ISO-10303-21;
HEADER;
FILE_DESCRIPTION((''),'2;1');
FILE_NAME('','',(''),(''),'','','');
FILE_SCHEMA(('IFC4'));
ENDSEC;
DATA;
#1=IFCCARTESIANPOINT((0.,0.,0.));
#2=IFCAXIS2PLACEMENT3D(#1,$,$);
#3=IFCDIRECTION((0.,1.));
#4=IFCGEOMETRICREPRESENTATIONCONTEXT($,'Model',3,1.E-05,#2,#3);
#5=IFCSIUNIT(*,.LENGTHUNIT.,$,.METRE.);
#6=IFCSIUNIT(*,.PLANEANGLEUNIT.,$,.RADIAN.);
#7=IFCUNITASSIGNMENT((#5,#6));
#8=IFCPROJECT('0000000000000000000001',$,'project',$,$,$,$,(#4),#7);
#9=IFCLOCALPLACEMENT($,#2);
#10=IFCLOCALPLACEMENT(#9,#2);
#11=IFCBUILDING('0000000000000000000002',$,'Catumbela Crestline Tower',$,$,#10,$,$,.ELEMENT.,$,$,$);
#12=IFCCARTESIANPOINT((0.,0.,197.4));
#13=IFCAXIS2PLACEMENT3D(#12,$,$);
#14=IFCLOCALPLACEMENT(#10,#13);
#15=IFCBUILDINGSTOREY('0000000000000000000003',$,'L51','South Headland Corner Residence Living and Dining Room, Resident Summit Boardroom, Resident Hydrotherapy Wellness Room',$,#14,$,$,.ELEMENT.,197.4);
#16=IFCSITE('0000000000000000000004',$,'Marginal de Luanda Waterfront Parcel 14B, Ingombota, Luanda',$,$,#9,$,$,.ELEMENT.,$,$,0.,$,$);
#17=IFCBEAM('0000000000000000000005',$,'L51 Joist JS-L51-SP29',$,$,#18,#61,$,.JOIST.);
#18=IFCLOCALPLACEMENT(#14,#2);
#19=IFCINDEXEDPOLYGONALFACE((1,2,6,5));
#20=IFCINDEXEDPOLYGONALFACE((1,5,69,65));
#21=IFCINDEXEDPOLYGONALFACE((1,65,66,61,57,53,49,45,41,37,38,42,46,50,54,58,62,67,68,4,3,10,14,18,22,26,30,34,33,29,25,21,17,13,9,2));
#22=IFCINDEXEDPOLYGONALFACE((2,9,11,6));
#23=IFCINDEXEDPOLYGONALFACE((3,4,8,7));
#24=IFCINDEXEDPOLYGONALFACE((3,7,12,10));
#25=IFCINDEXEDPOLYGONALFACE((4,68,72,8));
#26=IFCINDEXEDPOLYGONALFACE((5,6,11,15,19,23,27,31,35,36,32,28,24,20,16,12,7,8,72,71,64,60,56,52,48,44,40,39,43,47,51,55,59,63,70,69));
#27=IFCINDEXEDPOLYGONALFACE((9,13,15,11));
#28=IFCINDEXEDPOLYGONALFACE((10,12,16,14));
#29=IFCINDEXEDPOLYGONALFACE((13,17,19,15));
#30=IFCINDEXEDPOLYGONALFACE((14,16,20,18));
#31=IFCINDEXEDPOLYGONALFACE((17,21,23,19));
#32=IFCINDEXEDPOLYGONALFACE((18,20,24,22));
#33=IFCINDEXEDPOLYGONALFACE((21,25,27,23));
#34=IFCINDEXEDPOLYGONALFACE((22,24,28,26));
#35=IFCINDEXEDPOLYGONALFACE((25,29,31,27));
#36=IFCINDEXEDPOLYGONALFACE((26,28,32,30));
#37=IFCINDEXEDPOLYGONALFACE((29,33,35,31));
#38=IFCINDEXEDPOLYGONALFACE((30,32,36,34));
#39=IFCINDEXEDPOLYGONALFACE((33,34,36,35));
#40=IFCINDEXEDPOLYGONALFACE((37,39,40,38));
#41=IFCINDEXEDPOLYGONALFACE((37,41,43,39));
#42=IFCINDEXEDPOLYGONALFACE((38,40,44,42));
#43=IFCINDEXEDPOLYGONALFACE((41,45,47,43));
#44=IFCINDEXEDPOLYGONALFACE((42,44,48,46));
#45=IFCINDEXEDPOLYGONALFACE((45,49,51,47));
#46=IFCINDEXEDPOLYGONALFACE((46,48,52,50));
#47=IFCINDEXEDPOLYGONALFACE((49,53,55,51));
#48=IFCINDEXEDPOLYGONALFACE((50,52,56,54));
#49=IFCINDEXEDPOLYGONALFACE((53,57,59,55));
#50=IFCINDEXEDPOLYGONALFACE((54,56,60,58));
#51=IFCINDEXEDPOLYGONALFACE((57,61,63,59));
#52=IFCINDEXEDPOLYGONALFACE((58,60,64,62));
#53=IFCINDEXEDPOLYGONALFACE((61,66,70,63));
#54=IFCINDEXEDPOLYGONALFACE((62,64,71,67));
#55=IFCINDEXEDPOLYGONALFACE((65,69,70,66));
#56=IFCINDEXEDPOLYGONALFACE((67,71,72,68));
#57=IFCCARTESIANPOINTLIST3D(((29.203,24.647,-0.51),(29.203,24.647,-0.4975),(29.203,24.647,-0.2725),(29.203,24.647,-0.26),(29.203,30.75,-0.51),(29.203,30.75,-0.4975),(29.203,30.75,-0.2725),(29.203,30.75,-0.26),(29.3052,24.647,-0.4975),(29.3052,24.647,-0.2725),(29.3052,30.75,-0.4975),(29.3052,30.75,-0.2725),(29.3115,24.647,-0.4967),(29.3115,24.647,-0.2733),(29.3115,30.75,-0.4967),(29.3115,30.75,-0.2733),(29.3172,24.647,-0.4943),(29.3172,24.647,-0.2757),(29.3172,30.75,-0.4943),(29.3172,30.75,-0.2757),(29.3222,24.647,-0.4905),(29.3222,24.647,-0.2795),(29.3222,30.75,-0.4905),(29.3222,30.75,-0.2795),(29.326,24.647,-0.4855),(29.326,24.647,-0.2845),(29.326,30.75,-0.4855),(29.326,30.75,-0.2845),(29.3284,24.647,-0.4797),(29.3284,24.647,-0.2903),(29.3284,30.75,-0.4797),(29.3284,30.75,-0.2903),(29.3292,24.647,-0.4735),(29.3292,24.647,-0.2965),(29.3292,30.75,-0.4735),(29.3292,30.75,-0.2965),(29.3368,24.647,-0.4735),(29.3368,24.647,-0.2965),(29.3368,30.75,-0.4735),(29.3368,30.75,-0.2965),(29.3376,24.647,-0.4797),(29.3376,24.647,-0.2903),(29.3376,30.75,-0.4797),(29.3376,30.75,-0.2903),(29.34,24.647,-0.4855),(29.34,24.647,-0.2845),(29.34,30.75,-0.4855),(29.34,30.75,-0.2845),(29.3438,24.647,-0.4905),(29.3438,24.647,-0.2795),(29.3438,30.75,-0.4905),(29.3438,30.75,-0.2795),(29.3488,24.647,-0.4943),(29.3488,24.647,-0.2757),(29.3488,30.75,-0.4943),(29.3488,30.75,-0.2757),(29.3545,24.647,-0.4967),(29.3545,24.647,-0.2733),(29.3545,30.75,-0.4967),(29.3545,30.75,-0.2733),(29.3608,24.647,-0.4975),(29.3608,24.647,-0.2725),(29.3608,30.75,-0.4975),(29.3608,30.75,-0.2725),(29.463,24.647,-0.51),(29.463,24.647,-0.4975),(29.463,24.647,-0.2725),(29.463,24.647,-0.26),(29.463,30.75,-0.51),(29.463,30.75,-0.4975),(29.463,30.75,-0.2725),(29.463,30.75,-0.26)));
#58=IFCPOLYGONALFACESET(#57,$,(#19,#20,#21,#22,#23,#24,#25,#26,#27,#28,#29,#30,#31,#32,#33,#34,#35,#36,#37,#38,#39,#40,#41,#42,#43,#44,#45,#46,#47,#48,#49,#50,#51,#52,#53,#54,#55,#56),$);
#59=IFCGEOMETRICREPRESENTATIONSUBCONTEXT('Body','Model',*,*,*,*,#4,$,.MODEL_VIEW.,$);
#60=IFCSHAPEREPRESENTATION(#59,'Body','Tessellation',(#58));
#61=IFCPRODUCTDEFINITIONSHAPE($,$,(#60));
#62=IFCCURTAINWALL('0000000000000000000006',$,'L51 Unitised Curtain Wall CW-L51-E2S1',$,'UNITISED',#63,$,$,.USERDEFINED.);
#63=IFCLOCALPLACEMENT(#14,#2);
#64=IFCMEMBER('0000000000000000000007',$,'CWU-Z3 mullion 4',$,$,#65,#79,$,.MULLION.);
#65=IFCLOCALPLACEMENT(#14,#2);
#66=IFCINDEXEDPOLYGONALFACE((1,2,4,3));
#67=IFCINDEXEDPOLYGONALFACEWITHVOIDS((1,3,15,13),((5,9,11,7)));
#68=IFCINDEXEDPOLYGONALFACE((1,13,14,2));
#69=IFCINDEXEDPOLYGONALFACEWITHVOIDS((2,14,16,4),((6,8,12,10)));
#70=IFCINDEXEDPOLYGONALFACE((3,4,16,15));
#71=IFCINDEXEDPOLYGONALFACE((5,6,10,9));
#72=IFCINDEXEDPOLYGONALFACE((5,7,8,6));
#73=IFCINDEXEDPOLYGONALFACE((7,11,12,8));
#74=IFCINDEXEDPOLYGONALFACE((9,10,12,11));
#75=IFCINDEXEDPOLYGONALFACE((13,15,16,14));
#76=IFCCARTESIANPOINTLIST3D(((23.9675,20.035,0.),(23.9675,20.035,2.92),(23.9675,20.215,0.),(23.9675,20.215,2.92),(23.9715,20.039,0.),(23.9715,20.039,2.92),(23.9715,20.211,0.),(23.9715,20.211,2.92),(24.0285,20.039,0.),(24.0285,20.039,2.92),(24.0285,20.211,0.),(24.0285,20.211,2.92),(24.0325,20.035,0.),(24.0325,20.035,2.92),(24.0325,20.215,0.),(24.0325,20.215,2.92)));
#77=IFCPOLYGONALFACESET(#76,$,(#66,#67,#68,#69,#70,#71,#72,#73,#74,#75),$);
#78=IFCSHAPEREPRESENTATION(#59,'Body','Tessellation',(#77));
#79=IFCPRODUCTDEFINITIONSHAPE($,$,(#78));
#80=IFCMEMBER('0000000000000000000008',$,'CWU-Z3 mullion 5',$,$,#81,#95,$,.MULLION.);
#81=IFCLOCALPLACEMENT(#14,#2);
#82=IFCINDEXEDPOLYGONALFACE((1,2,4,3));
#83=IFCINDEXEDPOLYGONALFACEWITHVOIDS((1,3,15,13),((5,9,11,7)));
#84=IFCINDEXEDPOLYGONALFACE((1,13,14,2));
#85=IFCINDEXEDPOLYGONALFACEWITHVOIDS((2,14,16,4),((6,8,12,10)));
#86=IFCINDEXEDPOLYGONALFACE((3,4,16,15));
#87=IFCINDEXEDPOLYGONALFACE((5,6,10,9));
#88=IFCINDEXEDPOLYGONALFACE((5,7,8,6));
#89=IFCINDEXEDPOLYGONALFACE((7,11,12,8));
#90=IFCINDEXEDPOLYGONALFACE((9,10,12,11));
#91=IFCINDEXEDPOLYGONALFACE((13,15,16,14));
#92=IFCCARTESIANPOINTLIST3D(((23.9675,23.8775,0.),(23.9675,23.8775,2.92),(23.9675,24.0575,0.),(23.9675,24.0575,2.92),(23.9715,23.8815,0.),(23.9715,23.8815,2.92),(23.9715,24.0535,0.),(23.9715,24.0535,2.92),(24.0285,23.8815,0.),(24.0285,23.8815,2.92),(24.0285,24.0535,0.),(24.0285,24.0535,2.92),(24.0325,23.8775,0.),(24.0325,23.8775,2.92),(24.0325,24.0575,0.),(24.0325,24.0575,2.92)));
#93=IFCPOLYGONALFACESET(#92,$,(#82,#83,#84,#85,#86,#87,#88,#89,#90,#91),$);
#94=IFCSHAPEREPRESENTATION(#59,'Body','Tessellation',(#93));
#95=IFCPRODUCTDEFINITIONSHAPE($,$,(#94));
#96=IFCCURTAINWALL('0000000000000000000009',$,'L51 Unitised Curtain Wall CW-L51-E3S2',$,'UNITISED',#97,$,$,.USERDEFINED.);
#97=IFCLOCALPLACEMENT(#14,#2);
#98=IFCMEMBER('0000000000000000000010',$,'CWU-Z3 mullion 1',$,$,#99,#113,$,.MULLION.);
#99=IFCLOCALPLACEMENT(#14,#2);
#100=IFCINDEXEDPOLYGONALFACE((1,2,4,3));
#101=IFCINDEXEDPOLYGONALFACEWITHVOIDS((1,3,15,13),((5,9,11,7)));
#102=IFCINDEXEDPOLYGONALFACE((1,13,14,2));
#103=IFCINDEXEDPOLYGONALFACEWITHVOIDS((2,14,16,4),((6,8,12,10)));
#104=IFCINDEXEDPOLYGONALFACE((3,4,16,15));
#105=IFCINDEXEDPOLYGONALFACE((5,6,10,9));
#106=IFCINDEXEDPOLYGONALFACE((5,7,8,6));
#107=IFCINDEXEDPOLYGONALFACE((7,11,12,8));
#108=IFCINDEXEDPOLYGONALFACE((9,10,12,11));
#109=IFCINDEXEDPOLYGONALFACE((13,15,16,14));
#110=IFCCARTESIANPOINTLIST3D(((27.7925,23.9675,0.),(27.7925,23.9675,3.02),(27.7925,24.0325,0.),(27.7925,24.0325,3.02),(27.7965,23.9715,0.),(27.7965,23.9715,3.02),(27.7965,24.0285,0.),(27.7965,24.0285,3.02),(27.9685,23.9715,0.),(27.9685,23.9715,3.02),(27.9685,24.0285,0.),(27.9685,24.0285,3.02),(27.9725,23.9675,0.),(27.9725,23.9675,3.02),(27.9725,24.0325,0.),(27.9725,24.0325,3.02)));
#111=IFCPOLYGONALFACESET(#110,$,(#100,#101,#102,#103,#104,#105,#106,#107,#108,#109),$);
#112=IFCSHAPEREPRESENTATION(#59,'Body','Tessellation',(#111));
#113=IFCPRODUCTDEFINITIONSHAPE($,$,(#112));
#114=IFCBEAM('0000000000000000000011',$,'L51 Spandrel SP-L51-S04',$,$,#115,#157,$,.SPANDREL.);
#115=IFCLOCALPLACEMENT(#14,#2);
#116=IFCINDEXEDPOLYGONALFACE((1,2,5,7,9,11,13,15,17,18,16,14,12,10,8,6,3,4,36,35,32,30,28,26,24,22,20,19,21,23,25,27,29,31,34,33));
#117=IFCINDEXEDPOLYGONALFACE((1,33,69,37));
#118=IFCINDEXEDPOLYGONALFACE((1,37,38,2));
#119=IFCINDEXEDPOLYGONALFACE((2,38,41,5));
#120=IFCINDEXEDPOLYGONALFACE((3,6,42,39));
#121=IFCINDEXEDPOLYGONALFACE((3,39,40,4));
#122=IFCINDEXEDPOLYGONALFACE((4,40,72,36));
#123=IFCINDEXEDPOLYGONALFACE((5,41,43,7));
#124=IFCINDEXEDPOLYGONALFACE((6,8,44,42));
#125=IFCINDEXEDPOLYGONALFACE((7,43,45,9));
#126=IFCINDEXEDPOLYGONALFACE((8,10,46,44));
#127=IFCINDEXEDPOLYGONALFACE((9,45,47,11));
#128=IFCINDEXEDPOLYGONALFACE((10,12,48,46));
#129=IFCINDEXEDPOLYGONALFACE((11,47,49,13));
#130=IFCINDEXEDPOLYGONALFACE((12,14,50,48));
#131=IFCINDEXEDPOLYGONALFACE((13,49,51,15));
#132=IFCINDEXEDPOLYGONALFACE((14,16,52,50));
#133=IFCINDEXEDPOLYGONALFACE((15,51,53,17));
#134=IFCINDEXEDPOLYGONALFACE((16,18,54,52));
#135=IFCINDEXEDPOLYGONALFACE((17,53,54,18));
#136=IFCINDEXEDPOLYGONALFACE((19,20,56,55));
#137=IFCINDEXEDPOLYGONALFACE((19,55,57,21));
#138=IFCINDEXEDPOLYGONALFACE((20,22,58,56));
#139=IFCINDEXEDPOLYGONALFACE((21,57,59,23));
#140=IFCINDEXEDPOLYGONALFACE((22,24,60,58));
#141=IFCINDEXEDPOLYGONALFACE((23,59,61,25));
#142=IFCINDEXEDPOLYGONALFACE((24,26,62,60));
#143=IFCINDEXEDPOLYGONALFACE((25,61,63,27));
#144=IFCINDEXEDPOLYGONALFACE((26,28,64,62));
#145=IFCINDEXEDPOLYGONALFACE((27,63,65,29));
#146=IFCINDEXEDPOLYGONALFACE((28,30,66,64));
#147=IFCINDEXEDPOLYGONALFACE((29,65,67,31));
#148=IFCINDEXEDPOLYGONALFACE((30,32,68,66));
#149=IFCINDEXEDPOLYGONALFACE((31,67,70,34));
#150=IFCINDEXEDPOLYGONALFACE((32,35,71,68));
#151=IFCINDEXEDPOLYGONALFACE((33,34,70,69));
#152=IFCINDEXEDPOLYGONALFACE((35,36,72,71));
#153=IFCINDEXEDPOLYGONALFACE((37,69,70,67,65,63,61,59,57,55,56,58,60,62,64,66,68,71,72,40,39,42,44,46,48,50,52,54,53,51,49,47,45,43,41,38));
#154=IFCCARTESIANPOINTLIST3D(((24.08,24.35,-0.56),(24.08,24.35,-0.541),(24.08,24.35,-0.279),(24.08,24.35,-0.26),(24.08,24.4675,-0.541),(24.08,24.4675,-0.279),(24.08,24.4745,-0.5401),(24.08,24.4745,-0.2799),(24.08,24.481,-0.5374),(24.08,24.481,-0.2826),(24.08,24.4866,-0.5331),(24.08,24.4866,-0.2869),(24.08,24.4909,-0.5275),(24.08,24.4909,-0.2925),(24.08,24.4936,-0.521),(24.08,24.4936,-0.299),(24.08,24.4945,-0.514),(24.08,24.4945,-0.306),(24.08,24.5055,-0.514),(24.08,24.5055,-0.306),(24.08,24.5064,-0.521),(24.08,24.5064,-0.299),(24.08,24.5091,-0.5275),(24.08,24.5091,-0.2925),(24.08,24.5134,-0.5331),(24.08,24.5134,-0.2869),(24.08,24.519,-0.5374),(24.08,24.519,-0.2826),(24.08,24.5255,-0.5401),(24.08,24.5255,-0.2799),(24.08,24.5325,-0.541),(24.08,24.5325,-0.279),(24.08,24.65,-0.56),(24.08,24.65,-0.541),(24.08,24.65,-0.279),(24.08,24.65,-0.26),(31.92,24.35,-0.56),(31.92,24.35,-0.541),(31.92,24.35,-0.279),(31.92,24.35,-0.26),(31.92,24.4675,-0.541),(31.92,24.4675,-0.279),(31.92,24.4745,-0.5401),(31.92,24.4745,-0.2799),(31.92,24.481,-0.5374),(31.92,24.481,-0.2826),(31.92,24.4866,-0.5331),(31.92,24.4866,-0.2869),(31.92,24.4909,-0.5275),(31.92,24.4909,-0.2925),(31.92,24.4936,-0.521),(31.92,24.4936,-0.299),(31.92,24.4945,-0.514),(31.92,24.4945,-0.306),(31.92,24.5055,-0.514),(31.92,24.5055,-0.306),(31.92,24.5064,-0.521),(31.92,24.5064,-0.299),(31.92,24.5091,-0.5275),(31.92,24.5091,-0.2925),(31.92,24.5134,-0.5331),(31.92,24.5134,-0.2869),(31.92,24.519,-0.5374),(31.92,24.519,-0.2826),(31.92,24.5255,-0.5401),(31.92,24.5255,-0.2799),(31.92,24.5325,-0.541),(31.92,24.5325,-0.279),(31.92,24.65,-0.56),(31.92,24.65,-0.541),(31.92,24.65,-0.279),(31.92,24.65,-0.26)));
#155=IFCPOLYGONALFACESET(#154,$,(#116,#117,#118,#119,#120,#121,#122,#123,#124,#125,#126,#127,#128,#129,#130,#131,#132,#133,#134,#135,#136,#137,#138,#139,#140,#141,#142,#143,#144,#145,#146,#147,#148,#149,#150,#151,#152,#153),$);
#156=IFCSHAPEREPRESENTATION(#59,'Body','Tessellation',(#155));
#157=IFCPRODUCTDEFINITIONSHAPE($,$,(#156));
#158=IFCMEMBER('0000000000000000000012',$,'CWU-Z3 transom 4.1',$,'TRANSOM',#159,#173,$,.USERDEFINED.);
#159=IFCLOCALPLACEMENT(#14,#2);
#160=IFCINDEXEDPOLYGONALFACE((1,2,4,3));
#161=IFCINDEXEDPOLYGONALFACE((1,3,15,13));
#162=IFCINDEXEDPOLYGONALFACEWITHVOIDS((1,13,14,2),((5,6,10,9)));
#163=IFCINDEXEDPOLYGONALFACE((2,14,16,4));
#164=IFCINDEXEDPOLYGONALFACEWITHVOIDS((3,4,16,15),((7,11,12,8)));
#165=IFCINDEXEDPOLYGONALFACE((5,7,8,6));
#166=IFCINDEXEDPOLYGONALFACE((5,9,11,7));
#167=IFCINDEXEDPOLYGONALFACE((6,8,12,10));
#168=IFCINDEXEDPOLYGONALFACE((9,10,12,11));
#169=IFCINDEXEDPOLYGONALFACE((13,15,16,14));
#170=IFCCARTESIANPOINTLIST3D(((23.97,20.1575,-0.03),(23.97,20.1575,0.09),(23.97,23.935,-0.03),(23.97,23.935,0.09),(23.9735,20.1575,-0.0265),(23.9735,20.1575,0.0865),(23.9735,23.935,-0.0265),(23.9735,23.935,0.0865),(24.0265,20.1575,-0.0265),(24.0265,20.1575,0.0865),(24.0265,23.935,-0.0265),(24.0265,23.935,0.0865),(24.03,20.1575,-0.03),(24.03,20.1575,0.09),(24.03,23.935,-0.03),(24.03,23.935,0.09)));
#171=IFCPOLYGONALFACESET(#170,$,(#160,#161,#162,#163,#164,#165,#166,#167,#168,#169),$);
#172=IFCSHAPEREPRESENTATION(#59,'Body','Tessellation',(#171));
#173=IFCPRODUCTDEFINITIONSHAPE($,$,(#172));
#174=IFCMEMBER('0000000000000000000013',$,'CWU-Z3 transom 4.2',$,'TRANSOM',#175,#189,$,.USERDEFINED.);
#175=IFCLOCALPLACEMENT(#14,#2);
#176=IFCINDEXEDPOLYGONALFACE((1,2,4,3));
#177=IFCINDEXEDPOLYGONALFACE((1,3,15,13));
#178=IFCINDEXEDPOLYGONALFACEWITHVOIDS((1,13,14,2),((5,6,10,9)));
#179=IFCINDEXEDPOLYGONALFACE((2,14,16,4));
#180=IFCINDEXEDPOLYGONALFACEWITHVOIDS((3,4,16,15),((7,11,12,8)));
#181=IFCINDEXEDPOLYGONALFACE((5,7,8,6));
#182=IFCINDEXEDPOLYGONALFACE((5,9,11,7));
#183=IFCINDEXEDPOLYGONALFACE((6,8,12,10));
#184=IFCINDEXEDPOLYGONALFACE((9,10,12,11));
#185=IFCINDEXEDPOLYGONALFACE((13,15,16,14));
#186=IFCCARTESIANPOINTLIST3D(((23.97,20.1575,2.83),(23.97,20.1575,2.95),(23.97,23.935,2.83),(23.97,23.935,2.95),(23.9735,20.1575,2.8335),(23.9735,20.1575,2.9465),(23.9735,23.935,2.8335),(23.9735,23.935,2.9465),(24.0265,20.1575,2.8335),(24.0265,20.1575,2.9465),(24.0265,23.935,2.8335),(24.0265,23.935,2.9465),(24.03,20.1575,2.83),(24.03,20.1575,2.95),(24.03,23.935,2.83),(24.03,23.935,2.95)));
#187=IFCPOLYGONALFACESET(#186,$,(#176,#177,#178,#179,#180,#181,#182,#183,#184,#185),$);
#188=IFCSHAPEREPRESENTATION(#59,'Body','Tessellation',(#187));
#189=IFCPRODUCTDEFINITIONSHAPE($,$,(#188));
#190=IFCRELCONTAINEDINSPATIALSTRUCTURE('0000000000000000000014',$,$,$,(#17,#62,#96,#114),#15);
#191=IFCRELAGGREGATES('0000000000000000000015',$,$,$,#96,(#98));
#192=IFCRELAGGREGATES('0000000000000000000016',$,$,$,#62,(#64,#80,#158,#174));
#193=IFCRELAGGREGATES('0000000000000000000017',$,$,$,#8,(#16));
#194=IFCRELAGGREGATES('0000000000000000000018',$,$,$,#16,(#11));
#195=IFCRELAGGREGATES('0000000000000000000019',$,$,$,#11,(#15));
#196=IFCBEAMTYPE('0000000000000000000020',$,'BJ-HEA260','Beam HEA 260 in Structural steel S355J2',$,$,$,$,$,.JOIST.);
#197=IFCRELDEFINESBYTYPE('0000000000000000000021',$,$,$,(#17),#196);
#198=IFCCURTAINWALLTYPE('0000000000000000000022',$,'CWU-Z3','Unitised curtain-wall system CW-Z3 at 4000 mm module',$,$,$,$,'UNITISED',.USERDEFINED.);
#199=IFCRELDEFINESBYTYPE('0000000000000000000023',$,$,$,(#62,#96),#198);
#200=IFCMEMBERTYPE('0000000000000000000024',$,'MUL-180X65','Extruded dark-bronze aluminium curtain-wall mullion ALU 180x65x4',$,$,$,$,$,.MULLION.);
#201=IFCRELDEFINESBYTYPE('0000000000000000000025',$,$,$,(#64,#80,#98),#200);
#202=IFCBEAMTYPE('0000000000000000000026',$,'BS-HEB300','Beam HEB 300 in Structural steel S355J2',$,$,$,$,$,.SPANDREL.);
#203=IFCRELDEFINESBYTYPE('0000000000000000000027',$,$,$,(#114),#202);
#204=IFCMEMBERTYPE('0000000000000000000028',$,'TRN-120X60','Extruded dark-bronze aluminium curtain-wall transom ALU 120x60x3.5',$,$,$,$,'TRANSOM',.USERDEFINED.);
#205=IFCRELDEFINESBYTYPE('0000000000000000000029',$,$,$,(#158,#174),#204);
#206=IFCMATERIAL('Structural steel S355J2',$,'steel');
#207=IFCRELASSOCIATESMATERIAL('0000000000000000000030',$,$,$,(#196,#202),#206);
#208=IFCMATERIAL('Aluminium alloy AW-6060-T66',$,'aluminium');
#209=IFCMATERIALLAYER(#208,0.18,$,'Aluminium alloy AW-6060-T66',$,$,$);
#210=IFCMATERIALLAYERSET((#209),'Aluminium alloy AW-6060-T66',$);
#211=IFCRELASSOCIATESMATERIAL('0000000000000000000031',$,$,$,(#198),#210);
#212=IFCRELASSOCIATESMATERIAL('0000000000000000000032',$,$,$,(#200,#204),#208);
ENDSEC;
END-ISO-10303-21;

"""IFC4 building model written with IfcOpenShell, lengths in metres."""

from ifc_helpers import new_model, si_unit, direction, frame, origin, origin_2d, place, context, subcontext, project, spatial, hollow_rectangle, i_section, extrude, material, layer, layer_set, material_profile, profile_set, type_object, element, aggregate, save


model = new_model("IFC4")

# Units and contexts
model_context = context("Model", 3, precision=1e-05, world=origin(), true_north=direction((0.0, 1.0)))
body_context = subcontext(model_context, "Body", "Model", "MODEL_VIEW")
ifc_project = project(units=[si_unit("LENGTHUNIT", "METRE"), si_unit("PLANEANGLEUNIT", "RADIAN")], contexts=[model_context])

# Site, building, storey
site_placement = place(None, origin())
site = spatial("IfcSite", under=ifc_project, at=site_placement, Name="Marginal de Luanda Waterfront Parcel 14B, Ingombota, Luanda", CompositionType="ELEMENT", RefElevation=0.0)
building_placement = place(site_placement, origin())
building = spatial("IfcBuilding", under=site, at=building_placement, Name="Catumbela Crestline Tower", CompositionType="ELEMENT")
storey_placement = place(building_placement, frame((0.0, 0.0, 197.4)))
storey = spatial("IfcBuildingStorey", under=building, at=storey_placement, Name="L51", Description="South Headland Corner Residence Living and Dining Room, Resident Summit Boardroom, Resident Hydrotherapy Wellness Room", CompositionType="ELEMENT", Elevation=197.4)

# Beam
ifc_material_1 = material(Name="Structural steel S355J2", Category="steel")
ifc_material_profile_1 = material_profile(ifc_material_1, i_section(OverallWidth=0.26, OverallDepth=0.25, WebThickness=0.0075, FlangeThickness=0.0125, FilletRadius=0.024, at=origin_2d()), Name="HEA 260")
ifc_profile_set_1 = profile_set([ifc_material_profile_1], Name="Structural steel S355J2")
beam_type_1 = type_object("IfcBeamType", Name="BJ-HEA260", Description="Beam HEA 260 in Structural steel S355J2", PredefinedType="JOIST", material=ifc_profile_set_1)
for number, where, z_axis, x_axis, name in (
    (1, (29.333, 24.647, -0.385), (0.0, 1.0, 0.0), (-1.0, 0.0, 0.0), "L51 Joist JS-L51-SP29"),
):
    element("IfcBeam", number, at=place(storey_placement, frame(where, z_axis=z_axis, x_axis=x_axis)), inside=storey, type_object=beam_type_1, Name=name, PredefinedType="JOIST", context=body_context, shape_type="SweptSolid", body=[
        extrude(i_section(OverallWidth=0.26, OverallDepth=0.25, WebThickness=0.0075, FlangeThickness=0.0125, FilletRadius=0.024, at=origin_2d()), origin(), (0.0, 0.0, 1.0), 6.103),
    ])

# Curtain wall, members
ifc_material_2 = material(Name="Aluminium alloy AW-6060-T66", Category="aluminium")
ifc_layer_1 = layer(ifc_material_2, 0.18, Name="Aluminium alloy AW-6060-T66")
ifc_layer_set_1 = layer_set([ifc_layer_1], Name="Aluminium alloy AW-6060-T66")
curtain_wall_type = type_object("IfcCurtainWallType", Name="CWU-Z3", Description="Unitised curtain-wall system CW-Z3 at 4000 mm module", ElementType="UNITISED", PredefinedType="USERDEFINED", material=ifc_layer_set_1)
curtain_wall_1_placement = place(storey_placement, origin())
curtain_wall_1 = element("IfcCurtainWall", 2, at=curtain_wall_1_placement, inside=storey, type_object=curtain_wall_type, Name="L51 Unitised Curtain Wall CW-L51-E2S1", ObjectType="UNITISED", PredefinedType="USERDEFINED")
ifc_material_profile_2 = material_profile(ifc_material_2, hollow_rectangle(XDim=0.065, YDim=0.18, WallThickness=0.004, at=origin_2d()), Name="ALU 180x65x4")
ifc_profile_set_2 = profile_set([ifc_material_profile_2], Name="Aluminium alloy AW-6060-T66")
member_type_1 = type_object("IfcMemberType", Name="MUL-180X65", Description="Extruded dark-bronze aluminium curtain-wall mullion ALU 180x65x4", PredefinedType="MULLION", material=ifc_profile_set_2)
member_1_placement = place(storey_placement, frame((24.0, 20.125, 0.0), z_axis=(0.0, 0.0, 1.0), x_axis=(-1.0, 0.0, 0.0)))
member_1 = element("IfcMember", 3, at=member_1_placement, type_object=member_type_1, Name="CWU-Z3 mullion 4", PredefinedType="MULLION", context=body_context, shape_type="SweptSolid", body=[
    extrude(hollow_rectangle(XDim=0.065, YDim=0.18, WallThickness=0.004, at=origin_2d()), origin(), (0.0, 0.0, 1.0), 2.92),
])
member_2_placement = place(storey_placement, frame((24.0, 23.9675, 0.0), z_axis=(0.0, 0.0, 1.0), x_axis=(-1.0, 0.0, 0.0)))
member_2 = element("IfcMember", 4, at=member_2_placement, type_object=member_type_1, Name="CWU-Z3 mullion 5", PredefinedType="MULLION", context=body_context, shape_type="SweptSolid", body=[
    extrude(hollow_rectangle(XDim=0.065, YDim=0.18, WallThickness=0.004, at=origin_2d()), origin(), (0.0, 0.0, 1.0), 2.92),
])

# Curtain wall, member
curtain_wall_2_placement = place(storey_placement, origin())
curtain_wall_2 = element("IfcCurtainWall", 5, at=curtain_wall_2_placement, inside=storey, type_object=curtain_wall_type, Name="L51 Unitised Curtain Wall CW-L51-E3S2", ObjectType="UNITISED", PredefinedType="USERDEFINED")
member_3_placement = place(storey_placement, frame((27.8825, 24.0, 0.0), z_axis=(0.0, 0.0, 1.0), x_axis=(0.0, 1.0, 0.0)))
member_3 = element("IfcMember", 6, at=member_3_placement, type_object=member_type_1, Name="CWU-Z3 mullion 1", PredefinedType="MULLION", context=body_context, shape_type="SweptSolid", body=[
    extrude(hollow_rectangle(XDim=0.065, YDim=0.18, WallThickness=0.004, at=origin_2d()), origin(), (0.0, 0.0, 1.0), 3.02),
])

# Beam
ifc_material_profile_3 = material_profile(ifc_material_1, i_section(OverallWidth=0.3, OverallDepth=0.3, WebThickness=0.011, FlangeThickness=0.019, FilletRadius=0.027, at=origin_2d()), Name="HEB 300")
ifc_profile_set_3 = profile_set([ifc_material_profile_3], Name="Structural steel S355J2")
beam_type_2 = type_object("IfcBeamType", Name="BS-HEB300", Description="Beam HEB 300 in Structural steel S355J2", PredefinedType="SPANDREL", material=ifc_profile_set_3)
beam_1_placement = place(storey_placement, frame((24.08, 24.5, -0.41), z_axis=(1.0, 0.0, 0.0), x_axis=(0.0, 1.0, 0.0)))
element("IfcBeam", 7, at=beam_1_placement, inside=storey, type_object=beam_type_2, Name="L51 Spandrel SP-L51-S04", PredefinedType="SPANDREL", context=body_context, shape_type="SweptSolid", body=[
    extrude(i_section(OverallWidth=0.3, OverallDepth=0.3, WebThickness=0.011, FlangeThickness=0.019, FilletRadius=0.027, at=origin_2d()), origin(), (0.0, 0.0, 1.0), 7.84),
])

# Members
ifc_material_profile_4 = material_profile(ifc_material_2, hollow_rectangle(XDim=0.06, YDim=0.12, WallThickness=0.0035, at=origin_2d()), Name="ALU 120x60x3.5")
ifc_profile_set_4 = profile_set([ifc_material_profile_4], Name="Aluminium alloy AW-6060-T66")
member_type_2 = type_object("IfcMemberType", Name="TRN-120X60", Description="Extruded dark-bronze aluminium curtain-wall transom ALU 120x60x3.5", ElementType="TRANSOM", PredefinedType="USERDEFINED", material=ifc_profile_set_4)
member_4_placement = place(storey_placement, frame((24.0, 20.1575, 0.03), z_axis=(0.0, 1.0, 0.0), x_axis=(-1.0, 0.0, 0.0)))
member_4 = element("IfcMember", 8, at=member_4_placement, type_object=member_type_2, Name="CWU-Z3 transom 4.1", ObjectType="TRANSOM", PredefinedType="USERDEFINED", context=body_context, shape_type="SweptSolid", body=[
    extrude(hollow_rectangle(XDim=0.06, YDim=0.12, WallThickness=0.0035, at=origin_2d()), origin(), (0.0, 0.0, 1.0), 3.7775),
])
member_5_placement = place(storey_placement, frame((24.0, 20.1575, 2.89), z_axis=(0.0, 1.0, 0.0), x_axis=(-1.0, 0.0, 0.0)))
member_5 = element("IfcMember", 9, at=member_5_placement, type_object=member_type_2, Name="CWU-Z3 transom 4.2", ObjectType="TRANSOM", PredefinedType="USERDEFINED", context=body_context, shape_type="SweptSolid", body=[
    extrude(hollow_rectangle(XDim=0.06, YDim=0.12, WallThickness=0.0035, at=origin_2d()), origin(), (0.0, 0.0, 1.0), 3.7775),
])
aggregate(curtain_wall_2, [member_3])

aggregate(curtain_wall_1, [member_1, member_2, member_4, member_5])

save(model, "model.ifc")
